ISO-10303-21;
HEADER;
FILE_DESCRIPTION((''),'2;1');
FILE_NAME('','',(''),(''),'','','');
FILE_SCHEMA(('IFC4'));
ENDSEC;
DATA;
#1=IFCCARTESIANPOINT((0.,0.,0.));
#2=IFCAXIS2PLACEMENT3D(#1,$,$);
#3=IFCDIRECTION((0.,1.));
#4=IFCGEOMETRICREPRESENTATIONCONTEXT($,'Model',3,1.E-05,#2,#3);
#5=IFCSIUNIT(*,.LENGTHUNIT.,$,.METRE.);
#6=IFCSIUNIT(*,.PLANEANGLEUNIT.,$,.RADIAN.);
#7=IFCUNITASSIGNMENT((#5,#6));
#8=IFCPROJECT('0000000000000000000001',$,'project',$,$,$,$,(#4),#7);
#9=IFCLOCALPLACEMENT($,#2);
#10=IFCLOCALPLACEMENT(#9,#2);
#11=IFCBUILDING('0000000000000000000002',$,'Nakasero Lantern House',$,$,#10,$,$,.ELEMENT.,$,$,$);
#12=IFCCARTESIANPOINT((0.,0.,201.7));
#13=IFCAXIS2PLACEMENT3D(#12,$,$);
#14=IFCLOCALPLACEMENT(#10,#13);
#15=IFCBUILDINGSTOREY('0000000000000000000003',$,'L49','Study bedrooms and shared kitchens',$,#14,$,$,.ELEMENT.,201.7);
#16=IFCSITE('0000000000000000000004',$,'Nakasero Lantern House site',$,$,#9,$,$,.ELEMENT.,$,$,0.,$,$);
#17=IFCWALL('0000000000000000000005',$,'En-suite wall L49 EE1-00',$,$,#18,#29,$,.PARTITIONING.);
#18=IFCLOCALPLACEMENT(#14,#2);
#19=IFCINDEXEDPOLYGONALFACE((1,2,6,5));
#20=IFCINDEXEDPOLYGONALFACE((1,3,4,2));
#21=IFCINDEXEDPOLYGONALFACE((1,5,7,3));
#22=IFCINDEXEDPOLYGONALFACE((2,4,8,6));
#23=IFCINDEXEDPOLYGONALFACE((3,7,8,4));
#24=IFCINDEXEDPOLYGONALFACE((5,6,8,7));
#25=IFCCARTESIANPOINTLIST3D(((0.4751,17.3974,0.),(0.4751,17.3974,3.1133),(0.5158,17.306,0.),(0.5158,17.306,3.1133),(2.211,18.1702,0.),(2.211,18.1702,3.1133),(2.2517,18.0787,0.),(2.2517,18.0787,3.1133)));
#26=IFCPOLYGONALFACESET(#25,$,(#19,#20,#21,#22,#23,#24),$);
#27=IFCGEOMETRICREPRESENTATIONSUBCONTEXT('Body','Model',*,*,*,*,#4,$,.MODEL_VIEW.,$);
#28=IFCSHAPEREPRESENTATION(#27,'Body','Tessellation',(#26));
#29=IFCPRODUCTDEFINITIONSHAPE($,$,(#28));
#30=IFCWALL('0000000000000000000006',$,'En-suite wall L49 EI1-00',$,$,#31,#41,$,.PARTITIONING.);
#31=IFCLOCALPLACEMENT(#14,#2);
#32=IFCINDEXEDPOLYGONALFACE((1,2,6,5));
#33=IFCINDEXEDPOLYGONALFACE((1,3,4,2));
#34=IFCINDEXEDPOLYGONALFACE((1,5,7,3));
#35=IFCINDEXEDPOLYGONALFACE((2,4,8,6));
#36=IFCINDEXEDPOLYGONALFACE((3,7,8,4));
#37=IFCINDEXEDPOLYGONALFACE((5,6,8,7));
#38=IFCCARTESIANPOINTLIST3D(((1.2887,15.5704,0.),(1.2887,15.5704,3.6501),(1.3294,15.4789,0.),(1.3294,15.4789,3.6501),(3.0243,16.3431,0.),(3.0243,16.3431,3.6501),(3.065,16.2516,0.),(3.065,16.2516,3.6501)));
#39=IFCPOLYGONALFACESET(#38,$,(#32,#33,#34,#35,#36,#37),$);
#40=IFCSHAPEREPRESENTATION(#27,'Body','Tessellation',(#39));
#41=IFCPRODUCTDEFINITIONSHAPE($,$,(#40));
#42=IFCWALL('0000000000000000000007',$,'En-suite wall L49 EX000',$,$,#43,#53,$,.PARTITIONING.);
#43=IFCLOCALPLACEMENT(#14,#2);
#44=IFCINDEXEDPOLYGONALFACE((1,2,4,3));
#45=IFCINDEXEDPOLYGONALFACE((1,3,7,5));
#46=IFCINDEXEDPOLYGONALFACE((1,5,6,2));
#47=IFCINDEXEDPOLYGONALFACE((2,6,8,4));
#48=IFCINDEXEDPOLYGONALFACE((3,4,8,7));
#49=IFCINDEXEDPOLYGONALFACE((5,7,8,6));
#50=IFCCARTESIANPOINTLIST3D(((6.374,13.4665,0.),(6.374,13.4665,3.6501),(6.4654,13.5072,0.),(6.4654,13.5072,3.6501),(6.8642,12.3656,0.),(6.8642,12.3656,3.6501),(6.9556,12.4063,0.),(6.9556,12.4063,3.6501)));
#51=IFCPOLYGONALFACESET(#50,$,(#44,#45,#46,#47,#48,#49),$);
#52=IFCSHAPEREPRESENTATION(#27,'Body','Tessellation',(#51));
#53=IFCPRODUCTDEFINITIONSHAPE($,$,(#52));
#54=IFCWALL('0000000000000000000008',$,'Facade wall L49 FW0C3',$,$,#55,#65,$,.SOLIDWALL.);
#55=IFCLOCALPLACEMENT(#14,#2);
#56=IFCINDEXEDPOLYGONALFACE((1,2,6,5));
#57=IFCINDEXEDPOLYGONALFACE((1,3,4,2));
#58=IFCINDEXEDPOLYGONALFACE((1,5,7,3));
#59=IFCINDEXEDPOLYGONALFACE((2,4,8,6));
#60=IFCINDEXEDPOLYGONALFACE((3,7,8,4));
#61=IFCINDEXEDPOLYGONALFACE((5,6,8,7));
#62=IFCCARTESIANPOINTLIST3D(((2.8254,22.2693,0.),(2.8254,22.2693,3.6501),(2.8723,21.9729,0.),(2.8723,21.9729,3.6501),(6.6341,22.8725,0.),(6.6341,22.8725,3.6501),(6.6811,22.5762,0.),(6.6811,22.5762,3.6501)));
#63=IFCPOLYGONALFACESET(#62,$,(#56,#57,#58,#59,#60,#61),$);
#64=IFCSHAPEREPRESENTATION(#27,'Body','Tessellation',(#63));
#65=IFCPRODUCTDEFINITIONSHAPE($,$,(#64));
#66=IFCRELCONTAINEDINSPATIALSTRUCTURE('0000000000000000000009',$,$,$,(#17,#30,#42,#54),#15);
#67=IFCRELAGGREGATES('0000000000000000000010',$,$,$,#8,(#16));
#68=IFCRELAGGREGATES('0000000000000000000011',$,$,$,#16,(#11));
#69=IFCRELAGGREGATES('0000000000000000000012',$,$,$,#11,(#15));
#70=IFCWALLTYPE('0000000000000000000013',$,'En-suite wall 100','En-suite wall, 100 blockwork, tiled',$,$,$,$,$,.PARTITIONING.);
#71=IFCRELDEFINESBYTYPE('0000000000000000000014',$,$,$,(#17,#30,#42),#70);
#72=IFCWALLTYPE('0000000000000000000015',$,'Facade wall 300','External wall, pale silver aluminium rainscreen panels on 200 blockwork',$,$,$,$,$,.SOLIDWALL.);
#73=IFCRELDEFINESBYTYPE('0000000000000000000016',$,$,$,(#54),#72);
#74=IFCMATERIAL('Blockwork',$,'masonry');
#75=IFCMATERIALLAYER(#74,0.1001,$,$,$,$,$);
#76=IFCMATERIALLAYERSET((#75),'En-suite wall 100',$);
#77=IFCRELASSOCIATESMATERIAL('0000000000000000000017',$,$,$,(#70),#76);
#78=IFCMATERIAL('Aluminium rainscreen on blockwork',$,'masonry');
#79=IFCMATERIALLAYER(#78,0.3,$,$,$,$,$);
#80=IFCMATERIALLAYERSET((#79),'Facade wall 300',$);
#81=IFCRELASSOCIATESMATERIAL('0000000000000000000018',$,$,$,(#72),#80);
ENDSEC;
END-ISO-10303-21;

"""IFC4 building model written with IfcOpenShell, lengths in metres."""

from ifc_helpers import new_model, si_unit, direction, frame, frame_2d, origin, place, context, subcontext, project, spatial, rectangle, extrude, material, layer, layer_set, type_object, element, save


model = new_model("IFC4")

# Units and contexts
model_context = context("Model", 3, precision=1e-05, world=origin(), true_north=direction((0.0, 1.0)))
body_context = subcontext(model_context, "Body", "Model", "MODEL_VIEW")
ifc_project = project(units=[si_unit("LENGTHUNIT", "METRE"), si_unit("PLANEANGLEUNIT", "RADIAN")], contexts=[model_context])

# Site, building, storey
site_placement = place(None, origin())
site = spatial("IfcSite", under=ifc_project, at=site_placement, Name="Nakasero Lantern House site", CompositionType="ELEMENT", RefElevation=0.0)
building_placement = place(site_placement, origin())
building = spatial("IfcBuilding", under=site, at=building_placement, Name="Nakasero Lantern House", CompositionType="ELEMENT")
storey_placement = place(building_placement, frame((0.0, 0.0, 201.7)))
storey = spatial("IfcBuildingStorey", under=building, at=storey_placement, Name="L49", Description="Study bedrooms and shared kitchens", CompositionType="ELEMENT", Elevation=201.7)

# Shared definitions
ifc_material_1 = material(Name="Blockwork", Category="masonry")
ifc_layer_1 = layer(ifc_material_1, 0.1001)
ifc_layer_set_1 = layer_set([ifc_layer_1], Name="En-suite wall 100")
wall_type_1 = type_object("IfcWallType", Name="En-suite wall 100", Description="En-suite wall, 100 blockwork, tiled", PredefinedType="PARTITIONING", material=ifc_layer_set_1)

# Walls
wall_1_placement = place(storey_placement, frame((2.2314, 18.1245, 0.0), z_axis=(0.0, 0.0, 1.0), x_axis=(-0.913573, -0.406675, 0.0)))
element("IfcWall", 1, at=wall_1_placement, inside=storey, type_object=wall_type_1, Name="En-suite wall L49 EE1-00", PredefinedType="PARTITIONING", context=body_context, shape_type="SweptSolid", body=[
    extrude(rectangle(XDim=1.9001, YDim=0.1001, at=frame_2d((0.9502, 0.0))), origin(), (0.0, 0.0, 1.0), 3.1133),
])
wall_2_placement = place(storey_placement, frame((3.0447, 16.2974, 0.0), z_axis=(0.0, 0.0, 1.0), x_axis=(-0.913552, -0.406723, 0.0)))
element("IfcWall", 2, at=wall_2_placement, inside=storey, type_object=wall_type_1, Name="En-suite wall L49 EI1-00", PredefinedType="PARTITIONING", context=body_context, shape_type="SweptSolid", body=[
    extrude(rectangle(XDim=1.8999, YDim=0.1001, at=frame_2d((0.95, 0.0))), origin(), (0.0, 0.0, 1.0), 3.6501),
])
wall_3_placement = place(storey_placement, frame((6.4197, 13.4868, 0.0), z_axis=(0.0, 0.0, 1.0), x_axis=(0.406815, -0.913511, 0.0)))
element("IfcWall", 3, at=wall_3_placement, inside=storey, type_object=wall_type_1, Name="En-suite wall L49 EX000", PredefinedType="PARTITIONING", context=body_context, shape_type="SweptSolid", body=[
    extrude(rectangle(XDim=1.2051, YDim=0.1001, at=frame_2d((0.6025, 0.0))), origin(), (0.0, 0.0, 1.0), 3.6501),
])
ifc_material_2 = material(Name="Aluminium rainscreen on blockwork", Category="masonry")
ifc_layer_2 = layer(ifc_material_2, 0.3)
ifc_layer_set_2 = layer_set([ifc_layer_2], Name="Facade wall 300")
wall_type_2 = type_object("IfcWallType", Name="Facade wall 300", Description="External wall, pale silver aluminium rainscreen panels on 200 blockwork", PredefinedType="SOLIDWALL", material=ifc_layer_set_2)
wall_4_placement = place(storey_placement, frame((6.6577, 22.7244, 0.0), z_axis=(0.0, 0.0, 1.0), x_axis=(-0.987688, -0.156437, 0.0)))
element("IfcWall", 4, at=wall_4_placement, inside=storey, type_object=wall_type_2, Name="Facade wall L49 FW0C3", PredefinedType="SOLIDWALL", context=body_context, shape_type="SweptSolid", body=[
    extrude(rectangle(XDim=3.8562, YDim=0.3, at=frame_2d((1.9282, 0.0))), origin(), (0.0, 0.0, 1.0), 3.6501),
])

save(model, "model.ifc")
